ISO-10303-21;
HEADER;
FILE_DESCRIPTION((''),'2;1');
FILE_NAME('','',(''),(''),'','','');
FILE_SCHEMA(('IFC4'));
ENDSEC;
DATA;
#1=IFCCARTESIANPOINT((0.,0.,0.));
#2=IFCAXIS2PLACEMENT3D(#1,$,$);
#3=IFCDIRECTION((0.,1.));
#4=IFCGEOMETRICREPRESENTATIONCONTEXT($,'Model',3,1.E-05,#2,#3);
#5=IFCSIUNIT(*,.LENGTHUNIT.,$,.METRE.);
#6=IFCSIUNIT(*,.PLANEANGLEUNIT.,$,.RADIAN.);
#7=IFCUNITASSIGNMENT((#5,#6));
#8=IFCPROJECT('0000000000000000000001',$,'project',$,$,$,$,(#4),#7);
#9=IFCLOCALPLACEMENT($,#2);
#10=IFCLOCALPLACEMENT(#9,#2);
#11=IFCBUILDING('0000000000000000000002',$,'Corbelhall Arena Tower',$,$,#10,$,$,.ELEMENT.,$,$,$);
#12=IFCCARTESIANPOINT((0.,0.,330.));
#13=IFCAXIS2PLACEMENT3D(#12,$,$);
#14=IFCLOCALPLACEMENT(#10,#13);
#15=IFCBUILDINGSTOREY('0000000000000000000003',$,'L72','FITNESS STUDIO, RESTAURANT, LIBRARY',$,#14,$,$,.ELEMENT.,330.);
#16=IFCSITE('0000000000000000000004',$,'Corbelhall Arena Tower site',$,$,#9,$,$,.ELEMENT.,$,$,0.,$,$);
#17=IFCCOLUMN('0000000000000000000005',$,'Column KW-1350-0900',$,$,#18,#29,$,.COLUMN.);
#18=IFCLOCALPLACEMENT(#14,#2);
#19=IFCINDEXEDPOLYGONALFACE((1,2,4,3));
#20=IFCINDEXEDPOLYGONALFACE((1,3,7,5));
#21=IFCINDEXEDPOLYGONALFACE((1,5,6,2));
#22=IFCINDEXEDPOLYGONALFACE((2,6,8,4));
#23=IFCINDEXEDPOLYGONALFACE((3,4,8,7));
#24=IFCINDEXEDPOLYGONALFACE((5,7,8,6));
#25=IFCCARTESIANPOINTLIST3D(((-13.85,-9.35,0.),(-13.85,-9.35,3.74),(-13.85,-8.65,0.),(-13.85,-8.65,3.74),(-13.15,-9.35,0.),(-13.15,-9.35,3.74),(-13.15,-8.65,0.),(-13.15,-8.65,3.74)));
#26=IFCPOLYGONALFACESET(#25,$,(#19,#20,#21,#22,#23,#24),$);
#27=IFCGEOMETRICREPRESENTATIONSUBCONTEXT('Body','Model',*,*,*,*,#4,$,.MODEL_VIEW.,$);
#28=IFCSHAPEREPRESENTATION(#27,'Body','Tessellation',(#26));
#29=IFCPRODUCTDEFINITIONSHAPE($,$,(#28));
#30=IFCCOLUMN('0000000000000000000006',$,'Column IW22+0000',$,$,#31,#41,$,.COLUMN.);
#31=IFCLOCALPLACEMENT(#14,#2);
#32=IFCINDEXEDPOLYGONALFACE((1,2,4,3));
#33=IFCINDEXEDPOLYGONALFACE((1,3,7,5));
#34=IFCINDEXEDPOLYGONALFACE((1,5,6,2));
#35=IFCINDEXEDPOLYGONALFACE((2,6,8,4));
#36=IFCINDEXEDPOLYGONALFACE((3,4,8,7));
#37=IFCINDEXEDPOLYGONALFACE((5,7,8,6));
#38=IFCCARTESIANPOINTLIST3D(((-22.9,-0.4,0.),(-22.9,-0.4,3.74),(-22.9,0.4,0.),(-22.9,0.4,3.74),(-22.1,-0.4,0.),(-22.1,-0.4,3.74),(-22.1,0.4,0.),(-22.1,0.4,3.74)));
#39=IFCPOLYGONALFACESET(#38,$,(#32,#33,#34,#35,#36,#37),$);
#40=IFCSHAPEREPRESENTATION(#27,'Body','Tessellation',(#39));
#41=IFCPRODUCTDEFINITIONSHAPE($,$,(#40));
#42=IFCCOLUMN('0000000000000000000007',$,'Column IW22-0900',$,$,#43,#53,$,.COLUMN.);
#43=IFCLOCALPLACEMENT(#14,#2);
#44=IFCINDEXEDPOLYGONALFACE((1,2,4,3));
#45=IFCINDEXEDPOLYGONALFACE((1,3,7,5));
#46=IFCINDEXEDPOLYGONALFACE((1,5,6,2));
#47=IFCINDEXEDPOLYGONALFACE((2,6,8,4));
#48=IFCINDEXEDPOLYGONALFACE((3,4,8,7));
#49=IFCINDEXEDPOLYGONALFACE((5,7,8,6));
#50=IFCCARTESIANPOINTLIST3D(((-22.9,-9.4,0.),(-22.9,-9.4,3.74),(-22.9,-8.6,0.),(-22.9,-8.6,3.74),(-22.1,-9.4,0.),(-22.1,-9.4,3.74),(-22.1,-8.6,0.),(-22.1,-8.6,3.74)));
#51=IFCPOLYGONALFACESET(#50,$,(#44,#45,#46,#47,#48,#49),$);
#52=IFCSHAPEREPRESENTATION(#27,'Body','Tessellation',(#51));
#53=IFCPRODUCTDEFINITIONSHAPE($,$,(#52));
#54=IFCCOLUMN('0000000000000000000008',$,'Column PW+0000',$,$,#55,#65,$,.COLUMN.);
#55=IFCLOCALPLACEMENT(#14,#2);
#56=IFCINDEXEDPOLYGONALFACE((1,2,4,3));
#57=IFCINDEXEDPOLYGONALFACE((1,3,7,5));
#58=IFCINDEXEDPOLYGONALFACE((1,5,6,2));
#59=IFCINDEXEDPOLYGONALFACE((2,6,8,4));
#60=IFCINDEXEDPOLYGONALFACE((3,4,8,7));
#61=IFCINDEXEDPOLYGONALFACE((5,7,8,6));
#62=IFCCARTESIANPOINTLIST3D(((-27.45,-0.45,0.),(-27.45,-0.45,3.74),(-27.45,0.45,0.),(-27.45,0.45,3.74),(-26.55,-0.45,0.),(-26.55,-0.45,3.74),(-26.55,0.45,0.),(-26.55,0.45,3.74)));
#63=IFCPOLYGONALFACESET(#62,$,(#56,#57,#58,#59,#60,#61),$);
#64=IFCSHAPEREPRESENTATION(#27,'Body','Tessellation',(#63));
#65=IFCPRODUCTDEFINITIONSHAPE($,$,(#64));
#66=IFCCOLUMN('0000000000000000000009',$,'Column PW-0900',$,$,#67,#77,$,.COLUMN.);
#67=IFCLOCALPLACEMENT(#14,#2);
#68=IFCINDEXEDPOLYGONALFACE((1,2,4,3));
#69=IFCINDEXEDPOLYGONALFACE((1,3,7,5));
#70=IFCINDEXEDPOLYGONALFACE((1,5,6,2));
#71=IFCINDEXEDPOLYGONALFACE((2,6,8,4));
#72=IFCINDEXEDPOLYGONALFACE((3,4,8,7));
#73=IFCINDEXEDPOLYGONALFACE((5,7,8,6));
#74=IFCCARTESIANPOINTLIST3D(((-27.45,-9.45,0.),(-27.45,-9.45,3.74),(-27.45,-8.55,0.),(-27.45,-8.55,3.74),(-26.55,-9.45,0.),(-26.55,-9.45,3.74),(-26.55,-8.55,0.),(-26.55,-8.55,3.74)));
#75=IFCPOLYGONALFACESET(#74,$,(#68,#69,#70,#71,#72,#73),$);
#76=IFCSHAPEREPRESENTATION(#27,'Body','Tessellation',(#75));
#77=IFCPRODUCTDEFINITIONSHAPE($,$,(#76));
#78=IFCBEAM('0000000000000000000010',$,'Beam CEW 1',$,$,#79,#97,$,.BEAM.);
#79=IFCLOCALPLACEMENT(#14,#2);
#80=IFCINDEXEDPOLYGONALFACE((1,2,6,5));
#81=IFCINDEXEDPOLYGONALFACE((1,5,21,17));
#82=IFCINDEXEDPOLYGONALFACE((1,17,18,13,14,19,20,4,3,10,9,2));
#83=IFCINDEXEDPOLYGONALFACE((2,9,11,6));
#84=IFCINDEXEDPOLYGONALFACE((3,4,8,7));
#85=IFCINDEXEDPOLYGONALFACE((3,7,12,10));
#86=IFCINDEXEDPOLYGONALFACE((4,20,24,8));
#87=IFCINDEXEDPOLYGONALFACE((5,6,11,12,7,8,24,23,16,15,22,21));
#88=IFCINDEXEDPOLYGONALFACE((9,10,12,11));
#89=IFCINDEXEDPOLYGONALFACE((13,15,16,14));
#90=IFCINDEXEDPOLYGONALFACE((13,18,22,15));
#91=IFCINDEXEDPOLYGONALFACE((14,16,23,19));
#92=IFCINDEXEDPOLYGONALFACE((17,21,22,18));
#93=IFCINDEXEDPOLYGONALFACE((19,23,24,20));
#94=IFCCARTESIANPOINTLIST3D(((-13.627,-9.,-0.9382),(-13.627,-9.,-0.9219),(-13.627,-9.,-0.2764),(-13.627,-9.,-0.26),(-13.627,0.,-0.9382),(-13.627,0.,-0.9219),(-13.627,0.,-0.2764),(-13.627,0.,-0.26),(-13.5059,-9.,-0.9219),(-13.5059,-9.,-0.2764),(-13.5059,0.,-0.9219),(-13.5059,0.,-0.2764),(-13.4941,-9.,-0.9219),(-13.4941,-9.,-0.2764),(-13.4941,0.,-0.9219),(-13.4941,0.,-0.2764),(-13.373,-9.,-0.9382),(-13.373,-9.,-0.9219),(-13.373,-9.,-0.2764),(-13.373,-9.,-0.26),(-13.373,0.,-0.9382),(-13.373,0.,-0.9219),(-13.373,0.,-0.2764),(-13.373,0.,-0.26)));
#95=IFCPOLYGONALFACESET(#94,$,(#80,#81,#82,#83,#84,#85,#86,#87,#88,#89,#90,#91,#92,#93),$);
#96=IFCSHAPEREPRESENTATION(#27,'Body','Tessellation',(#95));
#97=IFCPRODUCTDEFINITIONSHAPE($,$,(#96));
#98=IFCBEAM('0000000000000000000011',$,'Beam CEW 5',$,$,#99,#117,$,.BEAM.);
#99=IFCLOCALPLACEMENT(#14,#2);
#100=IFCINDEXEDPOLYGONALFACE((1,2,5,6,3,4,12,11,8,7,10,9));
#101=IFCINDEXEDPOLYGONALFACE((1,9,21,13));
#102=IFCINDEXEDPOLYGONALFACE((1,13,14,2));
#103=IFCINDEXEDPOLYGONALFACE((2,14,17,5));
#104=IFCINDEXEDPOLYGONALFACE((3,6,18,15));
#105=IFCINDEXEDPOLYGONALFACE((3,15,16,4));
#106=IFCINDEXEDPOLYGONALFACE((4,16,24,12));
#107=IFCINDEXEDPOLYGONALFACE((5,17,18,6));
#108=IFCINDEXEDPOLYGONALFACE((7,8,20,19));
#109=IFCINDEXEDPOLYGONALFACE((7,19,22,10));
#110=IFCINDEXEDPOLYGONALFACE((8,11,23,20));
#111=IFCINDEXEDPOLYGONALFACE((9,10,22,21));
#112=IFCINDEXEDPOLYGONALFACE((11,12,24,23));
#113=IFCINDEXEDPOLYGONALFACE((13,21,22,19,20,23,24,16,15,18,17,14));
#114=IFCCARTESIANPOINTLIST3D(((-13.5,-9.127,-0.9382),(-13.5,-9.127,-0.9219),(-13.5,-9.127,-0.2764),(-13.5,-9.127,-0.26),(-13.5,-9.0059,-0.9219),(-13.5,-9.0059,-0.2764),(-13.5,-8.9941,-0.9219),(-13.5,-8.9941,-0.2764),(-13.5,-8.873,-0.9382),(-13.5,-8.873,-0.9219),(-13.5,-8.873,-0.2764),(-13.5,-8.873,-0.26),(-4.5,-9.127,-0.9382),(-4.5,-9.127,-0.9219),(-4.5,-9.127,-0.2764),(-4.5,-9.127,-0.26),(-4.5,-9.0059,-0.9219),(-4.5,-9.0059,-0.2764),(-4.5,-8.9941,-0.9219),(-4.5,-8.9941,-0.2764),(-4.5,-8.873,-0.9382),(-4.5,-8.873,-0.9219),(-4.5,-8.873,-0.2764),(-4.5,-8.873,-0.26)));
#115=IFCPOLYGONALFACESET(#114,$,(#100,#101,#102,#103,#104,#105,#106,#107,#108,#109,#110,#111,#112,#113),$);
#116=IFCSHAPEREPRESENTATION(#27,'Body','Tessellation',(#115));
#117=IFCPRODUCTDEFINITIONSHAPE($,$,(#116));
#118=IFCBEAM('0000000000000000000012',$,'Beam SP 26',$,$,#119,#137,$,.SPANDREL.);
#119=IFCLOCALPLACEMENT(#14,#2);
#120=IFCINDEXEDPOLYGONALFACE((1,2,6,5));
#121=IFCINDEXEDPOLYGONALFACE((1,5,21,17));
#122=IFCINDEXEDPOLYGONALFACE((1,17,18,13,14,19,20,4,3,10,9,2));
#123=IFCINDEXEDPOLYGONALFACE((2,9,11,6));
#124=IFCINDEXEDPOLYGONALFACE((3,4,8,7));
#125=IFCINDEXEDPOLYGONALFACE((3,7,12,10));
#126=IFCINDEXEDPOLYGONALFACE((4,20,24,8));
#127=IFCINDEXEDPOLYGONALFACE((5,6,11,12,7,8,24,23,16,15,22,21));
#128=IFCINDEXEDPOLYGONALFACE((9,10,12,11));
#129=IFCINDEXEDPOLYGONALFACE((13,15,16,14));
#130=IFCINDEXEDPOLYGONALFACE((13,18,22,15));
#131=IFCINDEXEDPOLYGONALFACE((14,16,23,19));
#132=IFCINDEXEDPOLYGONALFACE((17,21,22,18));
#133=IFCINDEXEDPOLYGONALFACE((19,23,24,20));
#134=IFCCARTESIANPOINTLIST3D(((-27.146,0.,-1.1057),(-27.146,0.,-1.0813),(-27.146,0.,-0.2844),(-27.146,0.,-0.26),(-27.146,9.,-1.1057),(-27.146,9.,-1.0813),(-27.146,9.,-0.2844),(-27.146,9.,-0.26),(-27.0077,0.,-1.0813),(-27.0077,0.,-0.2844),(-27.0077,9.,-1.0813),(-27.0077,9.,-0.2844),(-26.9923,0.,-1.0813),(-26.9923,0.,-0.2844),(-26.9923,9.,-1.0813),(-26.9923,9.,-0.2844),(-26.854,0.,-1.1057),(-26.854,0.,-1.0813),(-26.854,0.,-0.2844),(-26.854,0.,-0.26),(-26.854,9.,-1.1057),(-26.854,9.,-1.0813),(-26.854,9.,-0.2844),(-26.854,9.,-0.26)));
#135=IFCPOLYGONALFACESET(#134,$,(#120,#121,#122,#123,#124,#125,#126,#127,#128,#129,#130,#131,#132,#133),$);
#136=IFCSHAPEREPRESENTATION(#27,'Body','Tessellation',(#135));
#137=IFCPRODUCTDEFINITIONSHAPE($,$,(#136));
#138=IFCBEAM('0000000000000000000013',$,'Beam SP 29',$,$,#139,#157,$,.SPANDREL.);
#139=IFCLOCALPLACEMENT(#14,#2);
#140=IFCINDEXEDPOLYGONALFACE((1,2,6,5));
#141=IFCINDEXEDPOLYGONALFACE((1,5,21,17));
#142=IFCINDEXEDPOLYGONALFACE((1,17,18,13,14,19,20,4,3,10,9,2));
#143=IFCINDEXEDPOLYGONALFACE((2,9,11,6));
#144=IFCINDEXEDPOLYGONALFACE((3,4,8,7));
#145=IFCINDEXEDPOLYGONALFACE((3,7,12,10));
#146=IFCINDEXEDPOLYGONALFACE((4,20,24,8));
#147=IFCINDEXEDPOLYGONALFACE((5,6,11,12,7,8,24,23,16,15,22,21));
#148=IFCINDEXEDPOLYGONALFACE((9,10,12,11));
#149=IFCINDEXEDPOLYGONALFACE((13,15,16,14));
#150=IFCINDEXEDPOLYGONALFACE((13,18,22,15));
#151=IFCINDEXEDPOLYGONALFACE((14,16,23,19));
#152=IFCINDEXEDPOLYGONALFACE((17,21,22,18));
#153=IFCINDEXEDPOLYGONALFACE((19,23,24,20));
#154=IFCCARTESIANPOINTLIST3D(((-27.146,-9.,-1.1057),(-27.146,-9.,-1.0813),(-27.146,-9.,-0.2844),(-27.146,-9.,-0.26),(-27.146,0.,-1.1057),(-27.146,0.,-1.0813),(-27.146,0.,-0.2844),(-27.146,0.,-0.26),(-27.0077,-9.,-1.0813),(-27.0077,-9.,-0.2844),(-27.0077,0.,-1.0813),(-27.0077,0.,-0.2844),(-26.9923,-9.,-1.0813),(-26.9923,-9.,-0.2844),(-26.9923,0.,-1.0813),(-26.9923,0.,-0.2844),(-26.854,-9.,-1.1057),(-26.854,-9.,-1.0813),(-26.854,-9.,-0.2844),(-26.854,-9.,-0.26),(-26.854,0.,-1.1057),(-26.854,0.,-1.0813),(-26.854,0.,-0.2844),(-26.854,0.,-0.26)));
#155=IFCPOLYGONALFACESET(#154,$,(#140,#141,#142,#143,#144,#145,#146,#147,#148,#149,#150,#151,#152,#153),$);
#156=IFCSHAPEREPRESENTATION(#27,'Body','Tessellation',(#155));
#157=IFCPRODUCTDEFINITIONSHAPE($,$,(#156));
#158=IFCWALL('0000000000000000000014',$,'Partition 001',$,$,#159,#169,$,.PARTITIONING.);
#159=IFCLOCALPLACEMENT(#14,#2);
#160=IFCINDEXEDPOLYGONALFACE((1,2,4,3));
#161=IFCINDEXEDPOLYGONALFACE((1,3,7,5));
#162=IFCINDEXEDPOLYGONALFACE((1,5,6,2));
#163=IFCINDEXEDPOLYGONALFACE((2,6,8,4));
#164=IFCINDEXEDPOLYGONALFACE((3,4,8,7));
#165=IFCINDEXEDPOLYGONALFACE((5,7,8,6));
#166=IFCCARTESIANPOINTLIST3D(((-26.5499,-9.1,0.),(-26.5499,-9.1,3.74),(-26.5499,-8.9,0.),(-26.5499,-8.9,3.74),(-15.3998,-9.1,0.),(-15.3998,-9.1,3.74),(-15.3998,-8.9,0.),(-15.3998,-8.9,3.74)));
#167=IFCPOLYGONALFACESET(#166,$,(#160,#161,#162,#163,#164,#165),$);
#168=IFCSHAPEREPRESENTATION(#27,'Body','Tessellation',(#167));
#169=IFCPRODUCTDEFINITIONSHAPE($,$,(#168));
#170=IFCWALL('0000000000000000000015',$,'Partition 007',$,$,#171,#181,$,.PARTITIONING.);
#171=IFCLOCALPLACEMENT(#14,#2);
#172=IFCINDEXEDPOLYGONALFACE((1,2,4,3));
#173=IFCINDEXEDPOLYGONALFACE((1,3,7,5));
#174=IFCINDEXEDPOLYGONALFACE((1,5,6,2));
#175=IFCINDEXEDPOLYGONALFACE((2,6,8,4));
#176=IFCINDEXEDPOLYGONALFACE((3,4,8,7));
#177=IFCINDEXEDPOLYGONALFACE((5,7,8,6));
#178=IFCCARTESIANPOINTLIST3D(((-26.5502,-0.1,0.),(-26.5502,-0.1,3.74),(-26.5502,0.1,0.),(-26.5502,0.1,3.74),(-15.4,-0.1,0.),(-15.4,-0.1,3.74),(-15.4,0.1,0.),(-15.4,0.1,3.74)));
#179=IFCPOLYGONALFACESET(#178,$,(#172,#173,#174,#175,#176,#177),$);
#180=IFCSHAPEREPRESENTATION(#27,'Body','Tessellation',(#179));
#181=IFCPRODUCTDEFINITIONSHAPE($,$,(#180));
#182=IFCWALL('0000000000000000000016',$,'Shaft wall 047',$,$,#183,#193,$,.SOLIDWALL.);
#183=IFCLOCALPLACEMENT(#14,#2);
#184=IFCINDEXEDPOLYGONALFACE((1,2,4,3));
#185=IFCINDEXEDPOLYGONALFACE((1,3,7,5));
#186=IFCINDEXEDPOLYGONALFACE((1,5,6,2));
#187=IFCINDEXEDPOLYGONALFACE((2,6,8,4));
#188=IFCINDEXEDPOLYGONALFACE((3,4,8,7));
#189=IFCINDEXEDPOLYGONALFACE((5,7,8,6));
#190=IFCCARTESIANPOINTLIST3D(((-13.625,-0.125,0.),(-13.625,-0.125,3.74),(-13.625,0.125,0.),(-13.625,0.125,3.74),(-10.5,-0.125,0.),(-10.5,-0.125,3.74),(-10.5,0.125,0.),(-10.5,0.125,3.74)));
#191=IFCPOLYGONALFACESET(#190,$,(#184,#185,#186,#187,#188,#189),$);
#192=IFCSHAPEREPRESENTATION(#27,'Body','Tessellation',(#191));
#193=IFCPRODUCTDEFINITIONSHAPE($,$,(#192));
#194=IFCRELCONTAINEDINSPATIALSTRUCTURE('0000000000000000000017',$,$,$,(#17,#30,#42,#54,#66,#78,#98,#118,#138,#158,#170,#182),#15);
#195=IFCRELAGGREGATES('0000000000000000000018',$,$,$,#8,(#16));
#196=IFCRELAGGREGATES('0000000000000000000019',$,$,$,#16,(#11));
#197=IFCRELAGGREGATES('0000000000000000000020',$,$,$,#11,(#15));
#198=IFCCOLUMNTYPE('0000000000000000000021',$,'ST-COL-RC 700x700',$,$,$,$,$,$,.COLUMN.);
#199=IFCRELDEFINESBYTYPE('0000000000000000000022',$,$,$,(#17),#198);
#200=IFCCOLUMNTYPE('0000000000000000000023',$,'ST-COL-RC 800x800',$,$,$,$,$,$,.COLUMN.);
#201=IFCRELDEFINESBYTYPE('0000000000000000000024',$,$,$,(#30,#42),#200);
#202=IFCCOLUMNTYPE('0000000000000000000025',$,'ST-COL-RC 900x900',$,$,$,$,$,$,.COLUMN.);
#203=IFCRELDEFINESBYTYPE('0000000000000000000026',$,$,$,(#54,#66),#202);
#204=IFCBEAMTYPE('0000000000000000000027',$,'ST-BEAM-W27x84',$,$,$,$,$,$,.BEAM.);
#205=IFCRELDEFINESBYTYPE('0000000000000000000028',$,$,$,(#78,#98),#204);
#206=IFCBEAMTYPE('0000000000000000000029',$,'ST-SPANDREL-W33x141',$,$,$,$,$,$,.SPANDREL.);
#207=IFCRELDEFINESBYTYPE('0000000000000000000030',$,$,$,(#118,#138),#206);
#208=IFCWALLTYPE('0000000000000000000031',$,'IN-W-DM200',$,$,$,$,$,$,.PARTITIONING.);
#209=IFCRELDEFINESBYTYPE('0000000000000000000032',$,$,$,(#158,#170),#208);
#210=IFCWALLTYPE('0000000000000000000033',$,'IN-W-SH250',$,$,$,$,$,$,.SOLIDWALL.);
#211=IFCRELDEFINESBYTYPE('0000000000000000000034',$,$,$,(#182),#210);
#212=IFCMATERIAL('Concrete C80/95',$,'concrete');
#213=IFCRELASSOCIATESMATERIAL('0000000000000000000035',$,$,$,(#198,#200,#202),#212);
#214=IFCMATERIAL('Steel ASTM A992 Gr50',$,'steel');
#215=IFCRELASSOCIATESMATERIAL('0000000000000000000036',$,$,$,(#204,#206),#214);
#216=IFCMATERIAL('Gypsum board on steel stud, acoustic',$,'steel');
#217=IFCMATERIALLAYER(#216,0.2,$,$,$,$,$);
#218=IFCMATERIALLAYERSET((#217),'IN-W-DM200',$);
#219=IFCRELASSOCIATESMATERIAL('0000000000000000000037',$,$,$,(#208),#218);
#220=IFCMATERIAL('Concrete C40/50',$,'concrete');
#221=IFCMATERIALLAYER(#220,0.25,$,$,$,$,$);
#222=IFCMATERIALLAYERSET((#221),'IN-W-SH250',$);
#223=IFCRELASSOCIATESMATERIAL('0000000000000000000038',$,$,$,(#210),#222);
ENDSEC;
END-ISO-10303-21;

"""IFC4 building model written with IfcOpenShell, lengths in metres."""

from ifc_helpers import new_model, si_unit, direction, frame, frame_2d, origin, origin_2d, place, context, subcontext, project, spatial, rectangle, i_section, extrude, material, layer, layer_set, material_profile, profile_set, type_object, element, save


model = new_model("IFC4")

# Units and contexts
model_context = context("Model", 3, precision=1e-05, world=origin(), true_north=direction((0.0, 1.0)))
body_context = subcontext(model_context, "Body", "Model", "MODEL_VIEW")
ifc_project = project(units=[si_unit("LENGTHUNIT", "METRE"), si_unit("PLANEANGLEUNIT", "RADIAN")], contexts=[model_context])

# Site, building, storey
site_placement = place(None, origin())
site = spatial("IfcSite", under=ifc_project, at=site_placement, Name="Corbelhall Arena Tower site", CompositionType="ELEMENT", RefElevation=0.0)
building_placement = place(site_placement, origin())
building = spatial("IfcBuilding", under=site, at=building_placement, Name="Corbelhall Arena Tower", CompositionType="ELEMENT")
storey_placement = place(building_placement, frame((0.0, 0.0, 330.0)))
storey = spatial("IfcBuildingStorey", under=building, at=storey_placement, Name="L72", Description="FITNESS STUDIO, RESTAURANT, LIBRARY", CompositionType="ELEMENT", Elevation=330.0)

# Columns
ifc_material_1 = material(Name="Concrete C80/95", Category="concrete")
ifc_material_profile_1 = material_profile(ifc_material_1, rectangle(XDim=0.7, YDim=0.7, at=origin_2d()))
ifc_profile_set_1 = profile_set([ifc_material_profile_1], Name="Concrete C80/95")
column_type_1 = type_object("IfcColumnType", Name="ST-COL-RC 700x700", PredefinedType="COLUMN", material=ifc_profile_set_1)
column_placement = place(storey_placement, frame((-13.5, -9.0, 0.0), z_axis=(0.0, 0.0, 1.0), x_axis=(1.0, 0.0, 0.0)))
element("IfcColumn", 1, at=column_placement, inside=storey, type_object=column_type_1, Name="Column KW-1350-0900", PredefinedType="COLUMN", context=body_context, shape_type="SweptSolid", body=[
    extrude(rectangle(XDim=0.7, YDim=0.7, at=origin_2d()), origin(), (0.0, 0.0, 1.0), 3.74),
])
ifc_material_profile_2 = material_profile(ifc_material_1, rectangle(XDim=0.8, YDim=0.8, at=origin_2d()))
ifc_profile_set_2 = profile_set([ifc_material_profile_2], Name="Concrete C80/95")
column_type_2 = type_object("IfcColumnType", Name="ST-COL-RC 800x800", PredefinedType="COLUMN", material=ifc_profile_set_2)
for number, where, z_axis, x_axis, name in (
    (2, (-22.5, 0.0, 0.0), (0.0, 0.0, 1.0), (1.0, 0.0, 0.0), "Column IW22+0000"),
    (3, (-22.5, -9.0, 0.0), (0.0, 0.0, 1.0), (1.0, 0.0, 0.0), "Column IW22-0900"),
):
    element("IfcColumn", number, at=place(storey_placement, frame(where, z_axis=z_axis, x_axis=x_axis)), inside=storey, type_object=column_type_2, Name=name, PredefinedType="COLUMN", context=body_context, shape_type="SweptSolid", body=[
        extrude(rectangle(XDim=0.8, YDim=0.8, at=origin_2d()), origin(), (0.0, 0.0, 1.0), 3.74),
    ])
ifc_material_profile_3 = material_profile(ifc_material_1, rectangle(XDim=0.8999, YDim=0.8999, at=origin_2d()))
ifc_profile_set_3 = profile_set([ifc_material_profile_3], Name="Concrete C80/95")
column_type_3 = type_object("IfcColumnType", Name="ST-COL-RC 900x900", PredefinedType="COLUMN", material=ifc_profile_set_3)
for number, where, z_axis, x_axis, name in (
    (4, (-27.0, 0.0, 0.0), (0.0, 0.0, 1.0), (0.0, 1.0, 0.0), "Column PW+0000"),
    (5, (-27.0, -9.0, 0.0), (0.0, 0.0, 1.0), (0.0, 1.0, 0.0), "Column PW-0900"),
):
    element("IfcColumn", number, at=place(storey_placement, frame(where, z_axis=z_axis, x_axis=x_axis)), inside=storey, type_object=column_type_3, Name=name, PredefinedType="COLUMN", context=body_context, shape_type="SweptSolid", body=[
        extrude(rectangle(XDim=0.8999, YDim=0.8999, at=origin_2d()), origin(), (0.0, 0.0, 1.0), 3.74),
    ])

# Beams
ifc_material_2 = material(Name="Steel ASTM A992 Gr50", Category="steel")
ifc_material_profile_4 = material_profile(ifc_material_2, i_section(OverallWidth=0.2539, OverallDepth=0.6782, WebThickness=0.0117, FlangeThickness=0.0164, at=origin_2d()))
ifc_profile_set_4 = profile_set([ifc_material_profile_4], Name="Steel ASTM A992 Gr50")
beam_type_1 = type_object("IfcBeamType", Name="ST-BEAM-W27x84", PredefinedType="BEAM", material=ifc_profile_set_4)
for number, where, z_axis, x_axis, name in (
    (6, (-13.5, -9.0, -0.5991), (0.0, 1.0, 0.0), (-1.0, 0.0, 0.0), "Beam CEW 1"),
    (7, (-13.5, -9.0, -0.5991), (1.0, 0.0, 0.0), (0.0, 1.0, 0.0), "Beam CEW 5"),
):
    element("IfcBeam", number, at=place(storey_placement, frame(where, z_axis=z_axis, x_axis=x_axis)), inside=storey, type_object=beam_type_1, Name=name, PredefinedType="BEAM", context=body_context, shape_type="SweptSolid", body=[
        extrude(i_section(OverallWidth=0.2539, OverallDepth=0.6782, WebThickness=0.0117, FlangeThickness=0.0164, at=origin_2d()), origin(), (0.0, 0.0, 1.0), 9.0),
    ])
ifc_material_profile_5 = material_profile(ifc_material_2, i_section(OverallWidth=0.292, OverallDepth=0.8457, WebThickness=0.0154, FlangeThickness=0.0244, at=origin_2d()))
ifc_profile_set_5 = profile_set([ifc_material_profile_5], Name="Steel ASTM A992 Gr50")
beam_type_2 = type_object("IfcBeamType", Name="ST-SPANDREL-W33x141", PredefinedType="SPANDREL", material=ifc_profile_set_5)
for number, where, z_axis, x_axis, name in (
    (8, (-27.0, 0.0, -0.6829), (0.0, 1.0, 0.0), (-1.0, 0.0, 0.0), "Beam SP 26"),
    (9, (-27.0, -9.0, -0.6829), (0.0, 1.0, 0.0), (-1.0, 0.0, 0.0), "Beam SP 29"),
):
    element("IfcBeam", number, at=place(storey_placement, frame(where, z_axis=z_axis, x_axis=x_axis)), inside=storey, type_object=beam_type_2, Name=name, PredefinedType="SPANDREL", context=body_context, shape_type="SweptSolid", body=[
        extrude(i_section(OverallWidth=0.292, OverallDepth=0.8457, WebThickness=0.0154, FlangeThickness=0.0244, at=origin_2d()), origin(), (0.0, 0.0, 1.0), 9.0),
    ])

# Wall
ifc_material_3 = material(Name="Gypsum board on steel stud, acoustic", Category="steel")
ifc_layer_1 = layer(ifc_material_3, 0.2)
ifc_layer_set_1 = layer_set([ifc_layer_1], Name="IN-W-DM200")
wall_type_1 = type_object("IfcWallType", Name="IN-W-DM200", PredefinedType="PARTITIONING", material=ifc_layer_set_1)
wall_1_placement = place(storey_placement, frame((-26.55, -9.0, 0.0), z_axis=(0.0, 0.0, 1.0), x_axis=(1.0, 0.0, 0.0)))
element("IfcWall", 10, at=wall_1_placement, inside=storey, type_object=wall_type_1, Name="Partition 001", PredefinedType="PARTITIONING", context=body_context, shape_type="SweptSolid", body=[
    extrude(rectangle(XDim=11.1501, YDim=0.2, at=frame_2d((5.5752, 0.0))), origin(), (0.0, 0.0, 1.0), 3.74),
])

# Walls
wall_2_placement = place(storey_placement, frame((-15.3999, 0.0, 0.0), z_axis=(0.0, 0.0, 1.0), x_axis=(-1.0, 0.0, 0.0)))
element("IfcWall", 11, at=wall_2_placement, inside=storey, type_object=wall_type_1, Name="Partition 007", PredefinedType="PARTITIONING", context=body_context, shape_type="SweptSolid", body=[
    extrude(rectangle(XDim=11.1501, YDim=0.2, at=frame_2d((5.5752, 0.0))), origin(), (0.0, 0.0, 1.0), 3.74),
])
ifc_material_4 = material(Name="Concrete C40/50", Category="concrete")
ifc_layer_2 = layer(ifc_material_4, 0.25)
ifc_layer_set_2 = layer_set([ifc_layer_2], Name="IN-W-SH250")
wall_type_2 = type_object("IfcWallType", Name="IN-W-SH250", PredefinedType="SOLIDWALL", material=ifc_layer_set_2)
wall_3_placement = place(storey_placement, frame((-13.625, 0.0, 0.0), z_axis=(0.0, 0.0, 1.0), x_axis=(1.0, 0.0, 0.0)))
element("IfcWall", 12, at=wall_3_placement, inside=storey, type_object=wall_type_2, Name="Shaft wall 047", PredefinedType="SOLIDWALL", context=body_context, shape_type="SweptSolid", body=[
    extrude(rectangle(XDim=3.125, YDim=0.25, at=frame_2d((1.5625, 0.0))), origin(), (0.0, 0.0, 1.0), 3.74),
])

save(model, "model.ifc")
